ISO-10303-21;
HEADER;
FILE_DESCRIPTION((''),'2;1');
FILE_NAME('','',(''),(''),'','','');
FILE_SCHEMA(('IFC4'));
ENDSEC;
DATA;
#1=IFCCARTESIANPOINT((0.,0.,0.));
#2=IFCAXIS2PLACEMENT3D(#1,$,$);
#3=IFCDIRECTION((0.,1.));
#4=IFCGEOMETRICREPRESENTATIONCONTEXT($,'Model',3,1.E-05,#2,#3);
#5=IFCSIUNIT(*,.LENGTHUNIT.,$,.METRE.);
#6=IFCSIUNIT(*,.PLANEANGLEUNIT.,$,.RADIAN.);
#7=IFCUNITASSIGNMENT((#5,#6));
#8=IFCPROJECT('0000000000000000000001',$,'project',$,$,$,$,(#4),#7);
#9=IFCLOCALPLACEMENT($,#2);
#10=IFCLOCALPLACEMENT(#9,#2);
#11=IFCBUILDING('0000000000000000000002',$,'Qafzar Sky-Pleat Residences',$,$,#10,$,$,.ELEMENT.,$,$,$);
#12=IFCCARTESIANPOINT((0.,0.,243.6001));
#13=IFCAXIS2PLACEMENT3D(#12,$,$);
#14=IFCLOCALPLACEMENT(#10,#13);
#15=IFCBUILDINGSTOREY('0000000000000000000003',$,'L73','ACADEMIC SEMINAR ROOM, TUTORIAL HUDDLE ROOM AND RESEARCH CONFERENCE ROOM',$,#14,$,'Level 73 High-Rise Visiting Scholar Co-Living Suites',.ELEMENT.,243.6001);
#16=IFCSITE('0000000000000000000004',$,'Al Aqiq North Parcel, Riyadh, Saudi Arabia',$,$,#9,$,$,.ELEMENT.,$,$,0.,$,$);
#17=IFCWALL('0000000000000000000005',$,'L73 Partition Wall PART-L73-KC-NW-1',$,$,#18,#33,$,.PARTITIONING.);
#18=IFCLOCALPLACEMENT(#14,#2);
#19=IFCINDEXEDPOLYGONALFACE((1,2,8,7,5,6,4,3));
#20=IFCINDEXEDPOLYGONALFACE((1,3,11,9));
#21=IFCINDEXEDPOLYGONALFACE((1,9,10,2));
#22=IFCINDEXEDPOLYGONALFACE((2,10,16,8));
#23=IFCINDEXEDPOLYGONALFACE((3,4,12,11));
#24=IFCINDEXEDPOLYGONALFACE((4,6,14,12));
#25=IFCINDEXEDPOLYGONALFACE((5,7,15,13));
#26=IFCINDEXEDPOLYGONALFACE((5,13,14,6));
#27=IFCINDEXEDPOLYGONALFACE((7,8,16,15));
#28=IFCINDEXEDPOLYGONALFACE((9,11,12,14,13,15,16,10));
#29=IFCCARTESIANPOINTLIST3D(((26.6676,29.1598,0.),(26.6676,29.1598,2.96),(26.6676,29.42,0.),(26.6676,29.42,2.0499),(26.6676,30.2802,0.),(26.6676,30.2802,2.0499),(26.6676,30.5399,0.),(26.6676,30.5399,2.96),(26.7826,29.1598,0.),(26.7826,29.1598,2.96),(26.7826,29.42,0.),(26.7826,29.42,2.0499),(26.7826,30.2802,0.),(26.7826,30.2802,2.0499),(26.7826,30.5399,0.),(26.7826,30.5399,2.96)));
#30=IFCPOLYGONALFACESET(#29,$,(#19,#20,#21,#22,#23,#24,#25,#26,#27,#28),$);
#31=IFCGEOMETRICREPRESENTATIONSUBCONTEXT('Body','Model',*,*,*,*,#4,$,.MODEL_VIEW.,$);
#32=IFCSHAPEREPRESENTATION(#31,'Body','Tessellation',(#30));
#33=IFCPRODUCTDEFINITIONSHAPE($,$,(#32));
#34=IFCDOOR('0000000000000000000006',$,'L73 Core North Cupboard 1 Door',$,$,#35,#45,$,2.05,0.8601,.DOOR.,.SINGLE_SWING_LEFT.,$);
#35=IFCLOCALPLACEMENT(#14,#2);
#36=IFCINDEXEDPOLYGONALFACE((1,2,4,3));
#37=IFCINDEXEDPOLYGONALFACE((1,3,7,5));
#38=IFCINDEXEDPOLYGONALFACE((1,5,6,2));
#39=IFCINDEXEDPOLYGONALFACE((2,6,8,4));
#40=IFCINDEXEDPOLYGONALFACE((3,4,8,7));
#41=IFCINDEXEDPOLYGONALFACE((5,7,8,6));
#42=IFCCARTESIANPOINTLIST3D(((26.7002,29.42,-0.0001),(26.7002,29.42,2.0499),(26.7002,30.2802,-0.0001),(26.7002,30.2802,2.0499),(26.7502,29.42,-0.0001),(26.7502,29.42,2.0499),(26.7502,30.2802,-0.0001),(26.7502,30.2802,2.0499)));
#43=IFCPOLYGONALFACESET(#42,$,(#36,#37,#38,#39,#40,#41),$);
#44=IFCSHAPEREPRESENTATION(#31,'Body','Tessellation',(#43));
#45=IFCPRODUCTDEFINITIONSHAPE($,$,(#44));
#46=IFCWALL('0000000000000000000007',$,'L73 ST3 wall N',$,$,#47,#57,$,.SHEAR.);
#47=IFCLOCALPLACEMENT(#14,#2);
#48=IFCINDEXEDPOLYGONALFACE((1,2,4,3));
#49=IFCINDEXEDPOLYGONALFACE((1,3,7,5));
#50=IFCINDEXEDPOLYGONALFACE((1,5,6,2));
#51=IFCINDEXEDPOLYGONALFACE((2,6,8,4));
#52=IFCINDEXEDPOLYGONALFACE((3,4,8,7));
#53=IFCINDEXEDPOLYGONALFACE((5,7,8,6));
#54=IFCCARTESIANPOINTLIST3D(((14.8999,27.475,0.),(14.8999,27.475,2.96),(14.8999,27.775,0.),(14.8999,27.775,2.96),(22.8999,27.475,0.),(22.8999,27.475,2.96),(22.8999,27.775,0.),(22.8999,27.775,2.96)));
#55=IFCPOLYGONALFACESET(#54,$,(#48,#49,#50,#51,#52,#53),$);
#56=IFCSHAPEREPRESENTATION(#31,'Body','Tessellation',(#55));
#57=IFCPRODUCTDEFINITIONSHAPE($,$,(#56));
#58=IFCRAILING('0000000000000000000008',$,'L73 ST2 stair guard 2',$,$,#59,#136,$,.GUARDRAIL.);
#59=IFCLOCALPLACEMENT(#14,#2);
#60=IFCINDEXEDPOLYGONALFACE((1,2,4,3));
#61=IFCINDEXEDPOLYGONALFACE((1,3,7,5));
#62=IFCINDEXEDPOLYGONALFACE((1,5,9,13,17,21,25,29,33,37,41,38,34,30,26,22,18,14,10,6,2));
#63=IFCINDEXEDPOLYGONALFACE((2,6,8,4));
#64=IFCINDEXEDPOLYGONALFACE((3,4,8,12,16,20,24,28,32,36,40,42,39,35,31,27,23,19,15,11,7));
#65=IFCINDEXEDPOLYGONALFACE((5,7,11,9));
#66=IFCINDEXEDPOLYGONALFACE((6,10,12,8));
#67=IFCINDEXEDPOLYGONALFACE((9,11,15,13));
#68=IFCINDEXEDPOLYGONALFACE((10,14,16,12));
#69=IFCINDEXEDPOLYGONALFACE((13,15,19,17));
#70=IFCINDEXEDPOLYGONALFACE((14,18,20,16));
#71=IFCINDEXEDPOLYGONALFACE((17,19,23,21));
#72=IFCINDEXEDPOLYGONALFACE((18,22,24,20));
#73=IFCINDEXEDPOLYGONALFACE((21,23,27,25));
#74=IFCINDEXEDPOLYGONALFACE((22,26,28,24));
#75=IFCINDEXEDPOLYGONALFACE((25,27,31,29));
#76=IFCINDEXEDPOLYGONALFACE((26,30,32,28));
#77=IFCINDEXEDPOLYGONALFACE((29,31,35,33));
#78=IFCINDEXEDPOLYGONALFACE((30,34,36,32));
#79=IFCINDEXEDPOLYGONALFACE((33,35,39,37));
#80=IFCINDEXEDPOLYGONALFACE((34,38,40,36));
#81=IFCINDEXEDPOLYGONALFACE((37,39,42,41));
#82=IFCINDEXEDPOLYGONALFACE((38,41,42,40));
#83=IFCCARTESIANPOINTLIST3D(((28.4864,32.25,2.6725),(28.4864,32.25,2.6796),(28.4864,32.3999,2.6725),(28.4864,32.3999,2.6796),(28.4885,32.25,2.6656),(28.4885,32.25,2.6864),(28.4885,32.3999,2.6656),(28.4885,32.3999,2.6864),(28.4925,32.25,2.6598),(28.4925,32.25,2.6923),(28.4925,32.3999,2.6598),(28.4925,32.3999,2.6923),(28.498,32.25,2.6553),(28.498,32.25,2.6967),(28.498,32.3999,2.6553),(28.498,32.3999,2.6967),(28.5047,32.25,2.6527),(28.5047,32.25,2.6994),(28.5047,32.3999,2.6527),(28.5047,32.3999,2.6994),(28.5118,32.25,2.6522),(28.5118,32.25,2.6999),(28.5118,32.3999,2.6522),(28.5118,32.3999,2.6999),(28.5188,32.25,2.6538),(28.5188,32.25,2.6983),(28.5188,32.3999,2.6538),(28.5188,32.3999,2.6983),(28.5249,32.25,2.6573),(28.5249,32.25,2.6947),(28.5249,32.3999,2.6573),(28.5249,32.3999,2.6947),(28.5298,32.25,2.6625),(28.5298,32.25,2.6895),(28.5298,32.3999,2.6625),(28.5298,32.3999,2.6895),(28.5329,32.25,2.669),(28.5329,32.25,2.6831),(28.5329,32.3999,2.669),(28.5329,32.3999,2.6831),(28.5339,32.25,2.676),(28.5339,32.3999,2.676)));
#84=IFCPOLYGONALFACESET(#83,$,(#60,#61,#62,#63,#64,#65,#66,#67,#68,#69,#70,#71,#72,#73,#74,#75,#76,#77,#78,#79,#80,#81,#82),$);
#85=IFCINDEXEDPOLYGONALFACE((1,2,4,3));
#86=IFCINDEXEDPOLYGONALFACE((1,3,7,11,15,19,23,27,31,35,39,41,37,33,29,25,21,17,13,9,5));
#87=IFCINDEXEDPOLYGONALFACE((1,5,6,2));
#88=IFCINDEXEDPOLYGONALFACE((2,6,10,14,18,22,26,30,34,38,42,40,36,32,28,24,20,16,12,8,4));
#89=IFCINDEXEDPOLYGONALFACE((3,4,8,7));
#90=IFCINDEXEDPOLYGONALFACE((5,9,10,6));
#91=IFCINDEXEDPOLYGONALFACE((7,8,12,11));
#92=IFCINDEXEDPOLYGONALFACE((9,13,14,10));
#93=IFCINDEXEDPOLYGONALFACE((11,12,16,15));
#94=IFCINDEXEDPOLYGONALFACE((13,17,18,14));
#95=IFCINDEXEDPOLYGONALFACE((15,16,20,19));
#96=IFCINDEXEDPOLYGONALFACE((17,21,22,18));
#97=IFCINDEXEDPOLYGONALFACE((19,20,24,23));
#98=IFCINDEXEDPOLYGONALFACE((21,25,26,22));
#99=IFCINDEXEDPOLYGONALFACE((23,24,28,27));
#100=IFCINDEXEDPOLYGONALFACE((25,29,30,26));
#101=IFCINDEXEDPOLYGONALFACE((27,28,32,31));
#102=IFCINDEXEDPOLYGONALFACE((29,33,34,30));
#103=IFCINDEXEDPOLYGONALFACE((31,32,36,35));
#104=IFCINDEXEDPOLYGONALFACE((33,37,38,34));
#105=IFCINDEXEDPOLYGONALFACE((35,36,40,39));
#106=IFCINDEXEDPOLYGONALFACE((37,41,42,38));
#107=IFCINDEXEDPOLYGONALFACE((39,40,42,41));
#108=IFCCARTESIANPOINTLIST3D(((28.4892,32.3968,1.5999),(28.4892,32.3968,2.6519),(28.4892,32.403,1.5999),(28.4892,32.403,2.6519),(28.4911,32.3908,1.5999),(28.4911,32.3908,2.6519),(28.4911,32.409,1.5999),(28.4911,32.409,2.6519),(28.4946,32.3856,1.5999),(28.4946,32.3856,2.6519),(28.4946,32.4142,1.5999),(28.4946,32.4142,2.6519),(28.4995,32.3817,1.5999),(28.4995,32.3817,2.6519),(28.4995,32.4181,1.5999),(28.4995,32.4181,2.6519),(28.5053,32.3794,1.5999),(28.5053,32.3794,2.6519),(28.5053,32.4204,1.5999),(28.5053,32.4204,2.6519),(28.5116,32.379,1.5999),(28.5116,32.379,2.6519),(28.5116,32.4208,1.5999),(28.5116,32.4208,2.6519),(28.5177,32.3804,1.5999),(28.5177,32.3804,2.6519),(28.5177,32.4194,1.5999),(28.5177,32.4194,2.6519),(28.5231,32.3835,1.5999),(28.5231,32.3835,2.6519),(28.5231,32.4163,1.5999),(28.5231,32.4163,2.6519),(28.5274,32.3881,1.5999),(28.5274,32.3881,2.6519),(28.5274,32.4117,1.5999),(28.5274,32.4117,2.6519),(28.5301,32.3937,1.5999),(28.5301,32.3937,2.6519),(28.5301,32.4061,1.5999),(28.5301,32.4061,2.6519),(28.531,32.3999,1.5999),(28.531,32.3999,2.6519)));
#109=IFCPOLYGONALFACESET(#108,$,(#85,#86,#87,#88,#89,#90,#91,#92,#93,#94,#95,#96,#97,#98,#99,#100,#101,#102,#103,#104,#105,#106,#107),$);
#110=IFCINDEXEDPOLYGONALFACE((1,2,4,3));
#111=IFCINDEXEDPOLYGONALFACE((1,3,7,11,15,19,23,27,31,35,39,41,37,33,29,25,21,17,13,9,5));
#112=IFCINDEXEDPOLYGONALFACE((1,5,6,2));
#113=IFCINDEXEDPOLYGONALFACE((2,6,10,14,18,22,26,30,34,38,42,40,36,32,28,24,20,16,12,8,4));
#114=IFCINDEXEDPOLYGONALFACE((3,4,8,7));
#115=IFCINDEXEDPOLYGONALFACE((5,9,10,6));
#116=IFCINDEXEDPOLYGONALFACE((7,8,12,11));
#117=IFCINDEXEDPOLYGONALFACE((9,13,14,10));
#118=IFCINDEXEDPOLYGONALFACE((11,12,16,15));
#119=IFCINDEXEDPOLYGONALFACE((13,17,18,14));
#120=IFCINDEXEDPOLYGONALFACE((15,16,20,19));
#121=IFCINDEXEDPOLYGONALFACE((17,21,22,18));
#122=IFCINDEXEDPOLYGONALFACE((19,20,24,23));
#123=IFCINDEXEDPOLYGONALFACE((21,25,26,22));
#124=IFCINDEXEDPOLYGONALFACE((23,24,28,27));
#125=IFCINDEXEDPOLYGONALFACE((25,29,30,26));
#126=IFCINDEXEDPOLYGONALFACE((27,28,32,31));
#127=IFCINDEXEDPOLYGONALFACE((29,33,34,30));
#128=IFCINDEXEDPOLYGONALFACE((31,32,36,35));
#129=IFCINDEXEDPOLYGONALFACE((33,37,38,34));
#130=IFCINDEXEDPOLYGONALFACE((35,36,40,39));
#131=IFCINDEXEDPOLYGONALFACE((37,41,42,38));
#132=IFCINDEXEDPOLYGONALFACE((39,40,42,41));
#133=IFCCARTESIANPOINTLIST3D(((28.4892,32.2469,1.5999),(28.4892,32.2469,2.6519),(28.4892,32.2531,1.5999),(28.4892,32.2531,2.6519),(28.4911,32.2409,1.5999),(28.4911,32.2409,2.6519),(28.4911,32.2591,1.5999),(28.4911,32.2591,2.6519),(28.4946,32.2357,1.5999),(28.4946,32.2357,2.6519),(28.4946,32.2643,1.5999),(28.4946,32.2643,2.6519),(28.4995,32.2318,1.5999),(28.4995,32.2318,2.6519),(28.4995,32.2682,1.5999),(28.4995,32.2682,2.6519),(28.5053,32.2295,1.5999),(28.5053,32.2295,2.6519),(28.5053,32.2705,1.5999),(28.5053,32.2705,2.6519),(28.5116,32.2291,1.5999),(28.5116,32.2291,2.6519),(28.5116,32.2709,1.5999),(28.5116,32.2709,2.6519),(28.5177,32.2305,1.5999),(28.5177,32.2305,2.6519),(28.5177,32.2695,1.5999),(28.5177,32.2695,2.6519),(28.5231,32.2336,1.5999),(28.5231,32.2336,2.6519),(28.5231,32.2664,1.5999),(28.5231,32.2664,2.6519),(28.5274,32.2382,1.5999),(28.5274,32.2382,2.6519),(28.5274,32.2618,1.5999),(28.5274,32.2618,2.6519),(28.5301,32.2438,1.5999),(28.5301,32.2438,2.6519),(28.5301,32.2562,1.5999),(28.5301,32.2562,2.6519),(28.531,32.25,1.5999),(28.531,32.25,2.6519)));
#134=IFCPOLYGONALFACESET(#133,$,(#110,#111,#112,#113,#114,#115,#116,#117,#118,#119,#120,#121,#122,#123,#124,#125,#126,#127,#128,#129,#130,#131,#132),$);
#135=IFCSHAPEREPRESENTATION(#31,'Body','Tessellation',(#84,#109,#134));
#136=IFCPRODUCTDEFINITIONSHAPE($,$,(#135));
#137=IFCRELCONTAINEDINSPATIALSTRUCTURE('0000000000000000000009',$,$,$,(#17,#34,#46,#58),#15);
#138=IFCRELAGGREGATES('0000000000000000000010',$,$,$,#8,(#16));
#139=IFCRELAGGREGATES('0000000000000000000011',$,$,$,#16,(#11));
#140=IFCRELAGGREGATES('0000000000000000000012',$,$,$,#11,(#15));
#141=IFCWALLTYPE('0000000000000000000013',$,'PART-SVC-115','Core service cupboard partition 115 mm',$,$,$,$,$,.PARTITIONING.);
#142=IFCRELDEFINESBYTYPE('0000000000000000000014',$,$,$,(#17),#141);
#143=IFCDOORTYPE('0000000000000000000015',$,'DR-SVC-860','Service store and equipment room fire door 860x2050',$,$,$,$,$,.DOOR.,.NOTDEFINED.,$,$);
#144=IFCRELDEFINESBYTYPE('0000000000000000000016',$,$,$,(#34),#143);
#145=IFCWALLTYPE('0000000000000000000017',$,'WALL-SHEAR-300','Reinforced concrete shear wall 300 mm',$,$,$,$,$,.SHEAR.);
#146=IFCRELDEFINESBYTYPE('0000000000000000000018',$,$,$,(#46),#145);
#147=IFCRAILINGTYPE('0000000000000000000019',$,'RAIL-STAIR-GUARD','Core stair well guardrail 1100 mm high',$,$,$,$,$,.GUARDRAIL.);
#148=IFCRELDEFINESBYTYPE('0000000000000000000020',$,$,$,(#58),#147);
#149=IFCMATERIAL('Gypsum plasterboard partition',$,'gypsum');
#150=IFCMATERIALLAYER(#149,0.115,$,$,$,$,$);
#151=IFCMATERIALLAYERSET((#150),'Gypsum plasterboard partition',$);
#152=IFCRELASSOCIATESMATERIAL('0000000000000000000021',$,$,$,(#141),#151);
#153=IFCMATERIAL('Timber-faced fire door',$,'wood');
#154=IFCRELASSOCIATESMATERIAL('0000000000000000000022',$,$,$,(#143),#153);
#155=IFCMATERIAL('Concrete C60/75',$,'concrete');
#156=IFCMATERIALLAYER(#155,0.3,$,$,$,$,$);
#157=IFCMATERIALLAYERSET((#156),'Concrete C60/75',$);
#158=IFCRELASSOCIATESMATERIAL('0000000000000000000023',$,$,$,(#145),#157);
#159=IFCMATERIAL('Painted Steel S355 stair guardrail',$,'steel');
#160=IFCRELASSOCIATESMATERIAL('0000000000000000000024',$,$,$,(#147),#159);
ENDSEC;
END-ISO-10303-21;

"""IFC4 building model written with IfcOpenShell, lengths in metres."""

from ifc_helpers import new_model, si_unit, direction, frame, frame_2d, origin, origin_2d, place, context, subcontext, project, spatial, rectangle, circle, extrude, source, transform, mapped, material, layer, layer_set, type_object, element, fill, save


model = new_model("IFC4")

# Units and contexts
model_context = context("Model", 3, precision=1e-05, world=origin(), true_north=direction((0.0, 1.0)))
body_context = subcontext(model_context, "Body", "Model", "MODEL_VIEW")
ifc_project = project(units=[si_unit("LENGTHUNIT", "METRE"), si_unit("PLANEANGLEUNIT", "RADIAN")], contexts=[model_context])

# Site, building, storey
site_placement = place(None, origin())
site = spatial("IfcSite", under=ifc_project, at=site_placement, Name="Al Aqiq North Parcel, Riyadh, Saudi Arabia", CompositionType="ELEMENT", RefElevation=0.0)
building_placement = place(site_placement, origin())
building = spatial("IfcBuilding", under=site, at=building_placement, Name="Qafzar Sky-Pleat Residences", CompositionType="ELEMENT")
storey_placement = place(building_placement, frame((0.0, 0.0, 243.6001)))
storey = spatial("IfcBuildingStorey", under=building, at=storey_placement, Name="L73", Description="ACADEMIC SEMINAR ROOM, TUTORIAL HUDDLE ROOM AND RESEARCH CONFERENCE ROOM", LongName="Level 73 High-Rise Visiting Scholar Co-Living Suites", CompositionType="ELEMENT", Elevation=243.6001)

# Shared definitions
ifc_material_1 = material(Name="Timber-faced fire door", Category="wood")

# Wall, opening, door
ifc_material_2 = material(Name="Gypsum plasterboard partition", Category="gypsum")
ifc_layer_1 = layer(ifc_material_2, 0.115)
ifc_layer_set_1 = layer_set([ifc_layer_1], Name="Gypsum plasterboard partition")
wall_type_1 = type_object("IfcWallType", Name="PART-SVC-115", Description="Core service cupboard partition 115 mm", PredefinedType="PARTITIONING", material=ifc_layer_set_1)
wall_1_placement = place(storey_placement, frame((26.7251, 29.1599, 0.0), z_axis=(0.0, 0.0, 1.0), x_axis=(0.0, 1.0, 0.0)))
wall_1 = element("IfcWall", 1, at=wall_1_placement, inside=storey, type_object=wall_type_1, Name="L73 Partition Wall PART-L73-KC-NW-1", PredefinedType="PARTITIONING", context=body_context, shape_type="SweptSolid", body=[
    extrude(rectangle(XDim=1.3801, YDim=0.115, at=frame_2d((0.6899, 0.0))), origin(), (0.0, 0.0, 1.0), 2.96),
])
opening_1_placement = place(wall_1_placement, frame((0.26, 0.0, 0.0)))
opening_1 = element("IfcOpeningElement", 2, at=opening_1_placement, cuts=wall_1, PredefinedType="OPENING", context=body_context, shape_type="SweptSolid", body=[
    extrude(rectangle(XDim=0.8601, YDim=2.05, at=frame_2d((0.4302, 1.0249))), frame((0.0, 0.0674, 0.0), z_axis=(0.0, -1.0, 0.0), x_axis=(1.0, 0.0, 0.0)), (0.0, 0.0, 1.0), 0.135),
])
door_type_1 = type_object("IfcDoorType", Name="DR-SVC-860", Description="Service store and equipment room fire door 860x2050", OperationType="NOTDEFINED", PredefinedType="DOOR", material=ifc_material_1)
shared_shape_1 = source(origin(), body_context, "Body", "SweptSolid", [
    extrude(rectangle(XDim=0.8601, YDim=2.05, at=frame_2d((0.4302, 1.0249))), frame((0.0, 0.0249, 0.0), z_axis=(0.0, -1.0, 0.0), x_axis=(1.0, 0.0, 0.0)), (0.0, 0.0, 1.0), 0.05),
])
door_1_placement = place(opening_1_placement, origin())
door_1 = element("IfcDoor", 3, at=door_1_placement, inside=storey, type_object=door_type_1, Name="L73 Core North Cupboard 1 Door", OperationType="SINGLE_SWING_LEFT", OverallHeight=2.05, OverallWidth=0.8601, PredefinedType="DOOR", context=body_context, shape_type="MappedRepresentation", body=[
    mapped(shared_shape_1, transform((0.0, 0.0, 0.0), x_axis=(1.0, 0.0, 0.0), y_axis=(0.0, 1.0, 0.0), z_axis=(0.0, 0.0, 1.0), scale=1.0)),
])
fill(opening_1, door_1)

# Shared definitions
ifc_material_3 = material(Name="Concrete C60/75", Category="concrete")
ifc_layer_2 = layer(ifc_material_3, 0.3)
ifc_layer_set_2 = layer_set([ifc_layer_2], Name="Concrete C60/75")
wall_type_2 = type_object("IfcWallType", Name="WALL-SHEAR-300", Description="Reinforced concrete shear wall 300 mm", PredefinedType="SHEAR", material=ifc_layer_set_2)

# Wall
wall_2_placement = place(storey_placement, frame((22.8999, 27.625, 0.0), z_axis=(0.0, 0.0, 1.0), x_axis=(-1.0, 0.0, 0.0)))
element("IfcWall", 4, at=wall_2_placement, inside=storey, type_object=wall_type_2, Name="L73 ST3 wall N", PredefinedType="SHEAR", context=body_context, shape_type="SweptSolid", body=[
    extrude(rectangle(XDim=8.0, YDim=0.3, at=frame_2d((4.0, 0.0))), origin(), (0.0, 0.0, 1.0), 2.96),
])

# Railing
ifc_material_4 = material(Name="Painted Steel S355 stair guardrail", Category="steel")
railing_type_1 = type_object("IfcRailingType", Name="RAIL-STAIR-GUARD", Description="Core stair well guardrail 1100 mm high", PredefinedType="GUARDRAIL", material=ifc_material_4)
shared_shape_2 = source(origin(), body_context, "Body", "SweptSolid", [
    extrude(circle(Radius=0.0239, at=origin_2d()), frame((0.0, 0.0, 1.0762), z_axis=(0.0, -1.0, 0.0), x_axis=(1.0, 0.0, 0.0)), (0.0, 0.0, 1.0), 0.1499),
    extrude(circle(Radius=0.021, at=origin_2d()), origin(), (0.0, 0.0, 1.0), 1.052),
    extrude(circle(Radius=0.021, at=origin_2d()), frame((0.0, -0.1499, 0.0)), (0.0, 0.0, 1.0), 1.052),
])
railing_1_placement = place(storey_placement, frame((28.51, 32.3999, 1.5999)))
element("IfcRailing", 5, at=railing_1_placement, inside=storey, type_object=railing_type_1, Name="L73 ST2 stair guard 2", PredefinedType="GUARDRAIL", context=body_context, shape_type="MappedRepresentation", body=[
    mapped(shared_shape_2, transform((0.0, 0.0, 0.0), x_axis=(1.0, 0.0, 0.0), y_axis=(0.0, 1.0, 0.0), z_axis=(0.0, 0.0, 1.0), scale=1.0)),
])

save(model, "model.ifc")
